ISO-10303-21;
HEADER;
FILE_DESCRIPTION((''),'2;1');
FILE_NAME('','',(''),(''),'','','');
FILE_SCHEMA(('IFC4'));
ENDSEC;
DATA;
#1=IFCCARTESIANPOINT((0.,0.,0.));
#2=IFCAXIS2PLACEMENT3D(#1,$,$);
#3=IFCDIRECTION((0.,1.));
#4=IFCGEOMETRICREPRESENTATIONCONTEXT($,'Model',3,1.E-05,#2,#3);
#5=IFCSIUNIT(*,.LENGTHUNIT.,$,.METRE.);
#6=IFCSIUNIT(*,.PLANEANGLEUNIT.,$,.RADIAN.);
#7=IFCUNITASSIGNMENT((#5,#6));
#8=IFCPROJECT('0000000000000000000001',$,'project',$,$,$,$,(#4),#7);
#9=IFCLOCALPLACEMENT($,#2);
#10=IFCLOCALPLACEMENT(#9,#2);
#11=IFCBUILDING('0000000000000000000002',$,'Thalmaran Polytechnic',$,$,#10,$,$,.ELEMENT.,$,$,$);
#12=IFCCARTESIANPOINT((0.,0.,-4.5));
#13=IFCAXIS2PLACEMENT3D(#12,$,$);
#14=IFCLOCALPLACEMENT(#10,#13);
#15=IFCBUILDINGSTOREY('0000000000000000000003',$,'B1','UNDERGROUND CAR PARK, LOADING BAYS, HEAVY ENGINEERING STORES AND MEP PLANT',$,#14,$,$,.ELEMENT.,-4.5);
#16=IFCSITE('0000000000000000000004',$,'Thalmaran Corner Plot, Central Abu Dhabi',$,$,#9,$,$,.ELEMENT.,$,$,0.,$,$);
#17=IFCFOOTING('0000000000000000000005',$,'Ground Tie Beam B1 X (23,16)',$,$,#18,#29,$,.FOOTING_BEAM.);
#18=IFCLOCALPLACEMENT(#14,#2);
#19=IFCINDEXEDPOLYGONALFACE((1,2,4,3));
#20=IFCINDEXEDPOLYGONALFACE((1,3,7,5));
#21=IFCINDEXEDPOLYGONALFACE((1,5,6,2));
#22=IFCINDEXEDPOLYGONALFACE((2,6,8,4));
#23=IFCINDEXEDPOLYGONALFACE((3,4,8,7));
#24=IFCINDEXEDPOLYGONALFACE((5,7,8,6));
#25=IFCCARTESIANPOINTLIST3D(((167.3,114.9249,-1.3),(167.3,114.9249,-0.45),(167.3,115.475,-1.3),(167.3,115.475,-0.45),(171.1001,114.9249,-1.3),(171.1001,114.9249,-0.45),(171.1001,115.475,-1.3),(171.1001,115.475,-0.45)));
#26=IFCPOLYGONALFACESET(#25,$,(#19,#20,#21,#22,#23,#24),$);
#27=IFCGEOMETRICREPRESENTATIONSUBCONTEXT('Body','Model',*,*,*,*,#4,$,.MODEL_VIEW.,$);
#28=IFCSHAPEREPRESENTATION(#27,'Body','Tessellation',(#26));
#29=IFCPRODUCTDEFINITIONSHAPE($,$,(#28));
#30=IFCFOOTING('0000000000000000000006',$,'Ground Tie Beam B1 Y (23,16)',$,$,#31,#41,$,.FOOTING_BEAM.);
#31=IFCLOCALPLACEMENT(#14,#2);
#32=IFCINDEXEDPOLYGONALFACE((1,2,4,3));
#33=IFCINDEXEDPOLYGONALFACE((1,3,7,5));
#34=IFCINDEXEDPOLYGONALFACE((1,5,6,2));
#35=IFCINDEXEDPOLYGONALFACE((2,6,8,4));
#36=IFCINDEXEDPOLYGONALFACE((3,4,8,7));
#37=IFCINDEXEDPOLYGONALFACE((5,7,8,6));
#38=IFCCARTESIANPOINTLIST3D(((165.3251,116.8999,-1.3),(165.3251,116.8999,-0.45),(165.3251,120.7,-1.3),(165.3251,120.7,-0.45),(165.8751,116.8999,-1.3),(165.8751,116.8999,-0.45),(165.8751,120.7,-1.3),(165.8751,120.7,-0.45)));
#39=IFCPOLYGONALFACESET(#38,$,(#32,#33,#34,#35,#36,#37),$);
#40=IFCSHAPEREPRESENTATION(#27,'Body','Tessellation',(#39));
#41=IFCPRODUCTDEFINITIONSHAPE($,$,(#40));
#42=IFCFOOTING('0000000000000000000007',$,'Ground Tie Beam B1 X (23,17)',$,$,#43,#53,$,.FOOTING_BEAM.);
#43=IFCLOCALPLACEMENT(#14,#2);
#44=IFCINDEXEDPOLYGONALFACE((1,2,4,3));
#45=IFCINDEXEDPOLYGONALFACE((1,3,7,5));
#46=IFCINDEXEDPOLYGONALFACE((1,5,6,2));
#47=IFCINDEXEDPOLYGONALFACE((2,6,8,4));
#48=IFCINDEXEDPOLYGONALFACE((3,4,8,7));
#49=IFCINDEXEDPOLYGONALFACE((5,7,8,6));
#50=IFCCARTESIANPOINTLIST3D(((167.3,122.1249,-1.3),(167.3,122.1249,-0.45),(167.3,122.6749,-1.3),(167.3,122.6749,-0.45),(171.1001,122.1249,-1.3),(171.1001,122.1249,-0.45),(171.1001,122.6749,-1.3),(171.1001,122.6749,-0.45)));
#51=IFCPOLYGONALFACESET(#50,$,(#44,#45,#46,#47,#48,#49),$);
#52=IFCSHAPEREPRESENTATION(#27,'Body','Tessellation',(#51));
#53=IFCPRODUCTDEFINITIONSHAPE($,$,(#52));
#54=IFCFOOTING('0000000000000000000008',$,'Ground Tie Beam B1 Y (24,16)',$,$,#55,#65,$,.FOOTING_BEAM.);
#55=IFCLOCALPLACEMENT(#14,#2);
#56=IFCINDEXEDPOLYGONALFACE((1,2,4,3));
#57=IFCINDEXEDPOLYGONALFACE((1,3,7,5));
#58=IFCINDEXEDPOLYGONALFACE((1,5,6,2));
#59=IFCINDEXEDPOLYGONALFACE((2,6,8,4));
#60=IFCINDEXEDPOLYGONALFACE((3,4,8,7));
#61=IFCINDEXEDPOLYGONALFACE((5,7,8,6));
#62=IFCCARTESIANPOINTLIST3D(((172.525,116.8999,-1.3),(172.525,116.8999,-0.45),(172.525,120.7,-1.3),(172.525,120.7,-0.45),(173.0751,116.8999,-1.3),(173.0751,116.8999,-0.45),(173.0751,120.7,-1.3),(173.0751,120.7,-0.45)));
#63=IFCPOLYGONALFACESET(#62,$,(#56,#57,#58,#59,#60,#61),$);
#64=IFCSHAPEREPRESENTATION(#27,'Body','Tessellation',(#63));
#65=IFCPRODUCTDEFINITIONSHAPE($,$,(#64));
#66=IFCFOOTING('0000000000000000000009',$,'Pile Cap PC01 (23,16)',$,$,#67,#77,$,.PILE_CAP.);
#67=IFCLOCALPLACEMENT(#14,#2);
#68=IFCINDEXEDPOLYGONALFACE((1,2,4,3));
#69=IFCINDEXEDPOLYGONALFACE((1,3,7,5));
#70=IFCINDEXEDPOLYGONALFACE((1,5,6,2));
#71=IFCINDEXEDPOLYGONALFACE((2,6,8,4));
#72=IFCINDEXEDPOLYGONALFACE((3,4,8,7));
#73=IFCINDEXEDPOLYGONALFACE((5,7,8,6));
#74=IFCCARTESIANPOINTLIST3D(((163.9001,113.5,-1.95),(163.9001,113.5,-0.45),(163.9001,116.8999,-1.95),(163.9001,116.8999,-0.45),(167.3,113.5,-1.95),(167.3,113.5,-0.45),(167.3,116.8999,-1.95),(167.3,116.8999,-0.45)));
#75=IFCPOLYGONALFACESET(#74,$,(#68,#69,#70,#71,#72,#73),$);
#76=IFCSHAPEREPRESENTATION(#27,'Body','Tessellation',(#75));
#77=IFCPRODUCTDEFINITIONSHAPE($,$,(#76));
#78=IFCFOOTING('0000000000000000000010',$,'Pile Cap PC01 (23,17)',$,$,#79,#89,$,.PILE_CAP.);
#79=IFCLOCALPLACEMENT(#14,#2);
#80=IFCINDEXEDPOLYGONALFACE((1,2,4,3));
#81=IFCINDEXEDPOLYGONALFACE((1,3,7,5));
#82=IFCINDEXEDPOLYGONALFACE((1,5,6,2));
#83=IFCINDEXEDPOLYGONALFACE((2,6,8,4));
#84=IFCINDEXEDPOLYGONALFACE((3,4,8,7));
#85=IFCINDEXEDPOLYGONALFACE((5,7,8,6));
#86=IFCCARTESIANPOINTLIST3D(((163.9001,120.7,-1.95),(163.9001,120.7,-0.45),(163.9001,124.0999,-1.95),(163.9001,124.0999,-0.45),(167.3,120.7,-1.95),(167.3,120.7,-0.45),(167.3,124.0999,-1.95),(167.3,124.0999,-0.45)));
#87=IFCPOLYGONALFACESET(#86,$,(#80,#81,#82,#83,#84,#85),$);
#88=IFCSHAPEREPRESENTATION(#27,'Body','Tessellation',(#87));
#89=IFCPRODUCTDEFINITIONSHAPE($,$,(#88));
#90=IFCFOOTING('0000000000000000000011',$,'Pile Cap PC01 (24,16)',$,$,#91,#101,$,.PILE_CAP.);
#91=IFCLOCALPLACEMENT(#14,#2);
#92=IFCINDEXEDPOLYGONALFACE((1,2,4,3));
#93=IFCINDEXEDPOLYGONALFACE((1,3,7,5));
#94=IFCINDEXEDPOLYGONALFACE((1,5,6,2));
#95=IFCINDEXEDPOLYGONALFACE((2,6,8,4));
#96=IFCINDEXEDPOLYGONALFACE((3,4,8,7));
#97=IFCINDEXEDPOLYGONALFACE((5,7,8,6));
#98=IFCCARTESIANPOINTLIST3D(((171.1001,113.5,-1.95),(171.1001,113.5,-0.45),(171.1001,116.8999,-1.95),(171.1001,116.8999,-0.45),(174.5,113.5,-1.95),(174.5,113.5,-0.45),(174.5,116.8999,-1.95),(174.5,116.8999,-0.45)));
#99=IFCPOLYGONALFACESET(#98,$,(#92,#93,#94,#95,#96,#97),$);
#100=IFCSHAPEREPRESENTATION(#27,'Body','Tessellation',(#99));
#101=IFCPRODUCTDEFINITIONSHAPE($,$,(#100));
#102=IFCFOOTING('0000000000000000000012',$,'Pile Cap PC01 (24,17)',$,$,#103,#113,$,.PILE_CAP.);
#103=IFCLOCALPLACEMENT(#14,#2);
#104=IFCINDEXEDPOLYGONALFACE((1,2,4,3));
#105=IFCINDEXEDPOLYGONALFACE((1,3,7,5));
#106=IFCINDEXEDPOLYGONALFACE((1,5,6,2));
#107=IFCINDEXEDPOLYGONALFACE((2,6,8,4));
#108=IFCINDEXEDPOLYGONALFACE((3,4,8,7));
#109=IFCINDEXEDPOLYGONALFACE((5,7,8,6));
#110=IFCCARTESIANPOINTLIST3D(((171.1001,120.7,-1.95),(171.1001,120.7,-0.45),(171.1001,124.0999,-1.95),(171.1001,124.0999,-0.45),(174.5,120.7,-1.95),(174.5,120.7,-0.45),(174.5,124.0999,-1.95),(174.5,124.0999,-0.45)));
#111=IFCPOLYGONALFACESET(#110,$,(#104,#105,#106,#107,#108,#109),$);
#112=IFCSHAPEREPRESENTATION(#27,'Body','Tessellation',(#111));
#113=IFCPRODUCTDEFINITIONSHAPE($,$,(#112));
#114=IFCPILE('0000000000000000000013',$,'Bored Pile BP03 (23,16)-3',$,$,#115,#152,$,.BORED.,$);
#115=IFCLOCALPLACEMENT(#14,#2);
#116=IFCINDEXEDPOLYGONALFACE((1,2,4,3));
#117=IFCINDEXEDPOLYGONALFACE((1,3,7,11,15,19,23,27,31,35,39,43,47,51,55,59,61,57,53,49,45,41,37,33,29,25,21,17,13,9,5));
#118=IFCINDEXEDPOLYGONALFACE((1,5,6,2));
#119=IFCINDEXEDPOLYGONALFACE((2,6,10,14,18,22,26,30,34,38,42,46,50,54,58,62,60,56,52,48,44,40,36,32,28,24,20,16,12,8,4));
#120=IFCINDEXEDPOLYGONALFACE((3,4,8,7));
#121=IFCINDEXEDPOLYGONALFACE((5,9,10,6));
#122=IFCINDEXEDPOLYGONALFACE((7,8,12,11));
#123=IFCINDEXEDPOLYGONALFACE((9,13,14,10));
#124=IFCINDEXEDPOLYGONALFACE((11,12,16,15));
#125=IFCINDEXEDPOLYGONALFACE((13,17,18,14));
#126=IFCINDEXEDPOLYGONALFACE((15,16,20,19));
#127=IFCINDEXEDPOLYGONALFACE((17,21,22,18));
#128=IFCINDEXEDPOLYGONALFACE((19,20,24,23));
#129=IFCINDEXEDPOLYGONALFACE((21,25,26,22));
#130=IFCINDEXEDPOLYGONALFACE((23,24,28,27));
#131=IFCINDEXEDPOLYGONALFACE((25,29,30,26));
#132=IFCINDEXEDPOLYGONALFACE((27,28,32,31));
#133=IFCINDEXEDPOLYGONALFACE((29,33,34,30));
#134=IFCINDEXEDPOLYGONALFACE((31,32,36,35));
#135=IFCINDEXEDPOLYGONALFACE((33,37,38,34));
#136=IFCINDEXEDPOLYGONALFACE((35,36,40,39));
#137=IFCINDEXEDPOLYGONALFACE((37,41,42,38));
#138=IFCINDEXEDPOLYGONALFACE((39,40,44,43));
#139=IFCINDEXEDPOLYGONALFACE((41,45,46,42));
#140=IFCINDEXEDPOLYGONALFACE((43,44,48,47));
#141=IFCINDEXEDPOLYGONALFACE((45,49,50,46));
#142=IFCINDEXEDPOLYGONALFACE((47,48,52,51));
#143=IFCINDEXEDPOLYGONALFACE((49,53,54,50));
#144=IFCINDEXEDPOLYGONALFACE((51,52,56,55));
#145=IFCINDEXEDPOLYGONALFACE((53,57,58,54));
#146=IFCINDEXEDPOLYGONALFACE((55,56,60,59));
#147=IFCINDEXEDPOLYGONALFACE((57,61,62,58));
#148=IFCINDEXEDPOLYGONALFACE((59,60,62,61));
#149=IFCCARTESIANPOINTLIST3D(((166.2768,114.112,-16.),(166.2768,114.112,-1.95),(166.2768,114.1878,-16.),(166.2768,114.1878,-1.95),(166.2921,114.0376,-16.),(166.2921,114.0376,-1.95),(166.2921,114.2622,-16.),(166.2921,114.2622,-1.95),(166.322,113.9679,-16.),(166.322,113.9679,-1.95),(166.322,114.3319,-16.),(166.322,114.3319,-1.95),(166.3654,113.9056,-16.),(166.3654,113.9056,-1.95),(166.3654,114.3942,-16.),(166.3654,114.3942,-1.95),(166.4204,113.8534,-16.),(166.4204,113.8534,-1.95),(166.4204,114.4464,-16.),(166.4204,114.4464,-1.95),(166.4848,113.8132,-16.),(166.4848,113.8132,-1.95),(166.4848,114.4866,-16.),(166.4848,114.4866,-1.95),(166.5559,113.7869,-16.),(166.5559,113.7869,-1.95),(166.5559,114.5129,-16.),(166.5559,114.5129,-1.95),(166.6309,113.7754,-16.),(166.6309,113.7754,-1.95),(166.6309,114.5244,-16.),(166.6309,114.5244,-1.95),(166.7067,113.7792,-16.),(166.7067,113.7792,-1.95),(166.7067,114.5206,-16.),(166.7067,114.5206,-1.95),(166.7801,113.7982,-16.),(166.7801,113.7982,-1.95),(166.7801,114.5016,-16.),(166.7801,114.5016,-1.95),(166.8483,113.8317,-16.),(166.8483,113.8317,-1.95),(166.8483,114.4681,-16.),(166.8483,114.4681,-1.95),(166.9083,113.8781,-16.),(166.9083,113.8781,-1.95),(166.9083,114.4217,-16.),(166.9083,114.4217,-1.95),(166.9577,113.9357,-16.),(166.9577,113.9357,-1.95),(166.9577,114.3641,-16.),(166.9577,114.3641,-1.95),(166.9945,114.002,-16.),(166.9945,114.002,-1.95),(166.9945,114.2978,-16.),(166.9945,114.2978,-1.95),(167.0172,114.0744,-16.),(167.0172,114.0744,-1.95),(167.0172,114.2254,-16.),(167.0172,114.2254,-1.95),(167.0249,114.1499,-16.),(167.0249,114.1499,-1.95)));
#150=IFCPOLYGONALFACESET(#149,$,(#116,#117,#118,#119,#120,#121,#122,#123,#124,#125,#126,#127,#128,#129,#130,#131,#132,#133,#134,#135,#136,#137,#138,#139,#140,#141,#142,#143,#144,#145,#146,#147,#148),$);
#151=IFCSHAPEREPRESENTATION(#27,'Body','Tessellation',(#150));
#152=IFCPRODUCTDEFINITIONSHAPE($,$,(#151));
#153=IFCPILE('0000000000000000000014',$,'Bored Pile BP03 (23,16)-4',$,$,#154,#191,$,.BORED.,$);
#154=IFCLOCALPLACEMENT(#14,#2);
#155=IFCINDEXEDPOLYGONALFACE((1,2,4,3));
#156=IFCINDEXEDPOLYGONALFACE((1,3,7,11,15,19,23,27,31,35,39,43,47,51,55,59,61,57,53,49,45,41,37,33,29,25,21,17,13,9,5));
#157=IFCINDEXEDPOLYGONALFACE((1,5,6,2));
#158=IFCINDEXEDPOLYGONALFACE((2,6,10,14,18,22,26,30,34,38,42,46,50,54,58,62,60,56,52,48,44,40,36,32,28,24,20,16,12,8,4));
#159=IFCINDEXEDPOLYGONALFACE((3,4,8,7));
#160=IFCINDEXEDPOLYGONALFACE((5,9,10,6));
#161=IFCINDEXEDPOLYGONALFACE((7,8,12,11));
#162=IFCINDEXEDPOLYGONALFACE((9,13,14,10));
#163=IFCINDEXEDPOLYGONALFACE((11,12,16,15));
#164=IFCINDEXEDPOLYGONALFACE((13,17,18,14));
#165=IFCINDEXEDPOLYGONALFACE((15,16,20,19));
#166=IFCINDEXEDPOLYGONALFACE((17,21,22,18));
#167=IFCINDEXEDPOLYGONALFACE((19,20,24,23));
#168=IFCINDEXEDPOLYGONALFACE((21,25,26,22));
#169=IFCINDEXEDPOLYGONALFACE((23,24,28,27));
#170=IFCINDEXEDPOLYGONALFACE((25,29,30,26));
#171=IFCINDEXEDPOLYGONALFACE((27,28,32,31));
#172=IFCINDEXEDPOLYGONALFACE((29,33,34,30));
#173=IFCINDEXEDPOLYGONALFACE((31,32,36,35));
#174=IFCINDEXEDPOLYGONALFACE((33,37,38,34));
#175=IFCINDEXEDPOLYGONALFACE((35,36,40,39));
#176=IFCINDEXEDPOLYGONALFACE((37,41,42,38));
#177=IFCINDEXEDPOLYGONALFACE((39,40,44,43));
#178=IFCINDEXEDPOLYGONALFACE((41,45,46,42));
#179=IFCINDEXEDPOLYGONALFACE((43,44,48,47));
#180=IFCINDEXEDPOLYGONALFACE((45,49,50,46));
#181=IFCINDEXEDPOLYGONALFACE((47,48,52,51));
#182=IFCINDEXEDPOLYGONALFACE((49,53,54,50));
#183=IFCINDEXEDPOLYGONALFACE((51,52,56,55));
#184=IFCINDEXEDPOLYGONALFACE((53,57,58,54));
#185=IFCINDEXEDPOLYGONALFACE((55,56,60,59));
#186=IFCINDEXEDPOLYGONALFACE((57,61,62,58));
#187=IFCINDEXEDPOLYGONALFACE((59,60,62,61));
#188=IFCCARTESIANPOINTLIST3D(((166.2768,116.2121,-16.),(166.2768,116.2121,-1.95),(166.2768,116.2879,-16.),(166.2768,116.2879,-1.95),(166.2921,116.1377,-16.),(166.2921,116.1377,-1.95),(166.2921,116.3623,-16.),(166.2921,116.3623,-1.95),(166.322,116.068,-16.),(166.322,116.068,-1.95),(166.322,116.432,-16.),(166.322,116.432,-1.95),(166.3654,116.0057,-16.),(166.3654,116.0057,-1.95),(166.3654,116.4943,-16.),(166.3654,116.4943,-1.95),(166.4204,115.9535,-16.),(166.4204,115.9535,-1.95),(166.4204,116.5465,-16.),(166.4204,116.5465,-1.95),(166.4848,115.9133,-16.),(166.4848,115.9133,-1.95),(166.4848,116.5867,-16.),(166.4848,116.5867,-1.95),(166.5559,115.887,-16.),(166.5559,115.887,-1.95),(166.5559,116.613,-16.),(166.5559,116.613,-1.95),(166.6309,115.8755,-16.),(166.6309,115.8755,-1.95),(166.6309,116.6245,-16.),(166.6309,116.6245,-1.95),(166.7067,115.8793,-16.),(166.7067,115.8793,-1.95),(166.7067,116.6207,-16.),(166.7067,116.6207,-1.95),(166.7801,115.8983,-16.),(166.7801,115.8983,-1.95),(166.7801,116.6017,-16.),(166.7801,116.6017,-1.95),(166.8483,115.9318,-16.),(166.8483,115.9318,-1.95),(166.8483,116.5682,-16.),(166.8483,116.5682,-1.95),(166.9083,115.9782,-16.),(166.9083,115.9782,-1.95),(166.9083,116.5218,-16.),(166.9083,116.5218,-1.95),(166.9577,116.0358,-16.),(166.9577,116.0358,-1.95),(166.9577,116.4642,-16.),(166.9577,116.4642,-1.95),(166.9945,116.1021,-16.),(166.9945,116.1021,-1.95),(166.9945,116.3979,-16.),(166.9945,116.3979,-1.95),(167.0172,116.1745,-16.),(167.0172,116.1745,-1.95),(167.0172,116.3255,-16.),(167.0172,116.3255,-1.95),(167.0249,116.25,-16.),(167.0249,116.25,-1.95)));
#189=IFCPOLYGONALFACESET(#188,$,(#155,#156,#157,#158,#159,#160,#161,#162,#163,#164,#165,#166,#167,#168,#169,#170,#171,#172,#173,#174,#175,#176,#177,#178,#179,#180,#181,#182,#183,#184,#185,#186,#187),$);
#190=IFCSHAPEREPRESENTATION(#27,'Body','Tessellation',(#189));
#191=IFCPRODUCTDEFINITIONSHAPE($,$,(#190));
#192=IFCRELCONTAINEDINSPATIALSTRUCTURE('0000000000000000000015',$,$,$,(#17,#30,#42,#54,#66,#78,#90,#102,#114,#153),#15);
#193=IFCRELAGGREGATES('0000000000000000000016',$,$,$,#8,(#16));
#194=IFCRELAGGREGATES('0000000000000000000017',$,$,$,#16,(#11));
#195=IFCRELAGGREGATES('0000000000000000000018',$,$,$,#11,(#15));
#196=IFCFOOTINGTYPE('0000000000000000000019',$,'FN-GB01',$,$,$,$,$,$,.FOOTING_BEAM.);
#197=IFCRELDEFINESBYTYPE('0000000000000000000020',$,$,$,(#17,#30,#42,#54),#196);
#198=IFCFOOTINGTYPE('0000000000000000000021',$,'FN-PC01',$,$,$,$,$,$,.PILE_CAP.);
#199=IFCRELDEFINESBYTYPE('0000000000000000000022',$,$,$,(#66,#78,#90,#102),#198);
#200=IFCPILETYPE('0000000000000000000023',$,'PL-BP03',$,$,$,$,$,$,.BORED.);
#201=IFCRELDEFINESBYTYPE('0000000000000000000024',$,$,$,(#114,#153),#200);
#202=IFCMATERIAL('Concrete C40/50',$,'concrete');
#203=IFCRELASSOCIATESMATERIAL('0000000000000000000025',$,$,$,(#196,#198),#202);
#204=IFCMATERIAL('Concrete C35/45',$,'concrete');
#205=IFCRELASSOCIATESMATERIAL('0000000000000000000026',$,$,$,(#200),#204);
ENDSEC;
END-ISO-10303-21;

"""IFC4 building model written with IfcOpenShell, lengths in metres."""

from ifc_helpers import new_model, si_unit, direction, frame, origin, origin_2d, place, context, subcontext, project, spatial, rectangle, circle, extrude, material, material_profile, profile_set, type_object, element, save


model = new_model("IFC4")

# Units and contexts
model_context = context("Model", 3, precision=1e-05, world=origin(), true_north=direction((0.0, 1.0)))
body_context = subcontext(model_context, "Body", "Model", "MODEL_VIEW")
ifc_project = project(units=[si_unit("LENGTHUNIT", "METRE"), si_unit("PLANEANGLEUNIT", "RADIAN")], contexts=[model_context])

# Site, building, storey
site_placement = place(None, origin())
site = spatial("IfcSite", under=ifc_project, at=site_placement, Name="Thalmaran Corner Plot, Central Abu Dhabi", CompositionType="ELEMENT", RefElevation=0.0)
building_placement = place(site_placement, origin())
building = spatial("IfcBuilding", under=site, at=building_placement, Name="Thalmaran Polytechnic", CompositionType="ELEMENT")
storey_placement = place(building_placement, frame((0.0, 0.0, -4.5)))
storey = spatial("IfcBuildingStorey", under=building, at=storey_placement, Name="B1", Description="UNDERGROUND CAR PARK, LOADING BAYS, HEAVY ENGINEERING STORES AND MEP PLANT", CompositionType="ELEMENT", Elevation=-4.5)

# Footings
ifc_material_1 = material(Name="Concrete C40/50", Category="concrete")
ifc_material_profile_1 = material_profile(ifc_material_1, rectangle(XDim=0.55, YDim=0.8501, at=origin_2d()), Name="RC 550x850")
ifc_profile_set_1 = profile_set([ifc_material_profile_1], Name="Concrete C40/50")
footing_type_1 = type_object("IfcFootingType", Name="FN-GB01", PredefinedType="FOOTING_BEAM", material=ifc_profile_set_1)
for number, where, z_axis, x_axis, name in (
    (1, (167.3, 115.2, -0.875), (1.0, 0.0, 0.0), (0.0, 1.0, 0.0), "Ground Tie Beam B1 X (23,16)"),
    (2, (165.6001, 116.8999, -0.875), (0.0, 1.0, 0.0), (-1.0, 0.0, 0.0), "Ground Tie Beam B1 Y (23,16)"),
    (3, (167.3, 122.3999, -0.875), (1.0, 0.0, 0.0), (0.0, 1.0, 0.0), "Ground Tie Beam B1 X (23,17)"),
    (4, (172.8, 116.8999, -0.875), (0.0, 1.0, 0.0), (-1.0, 0.0, 0.0), "Ground Tie Beam B1 Y (24,16)"),
):
    element("IfcFooting", number, at=place(storey_placement, frame(where, z_axis=z_axis, x_axis=x_axis)), inside=storey, type_object=footing_type_1, Name=name, PredefinedType="FOOTING_BEAM", context=body_context, shape_type="SweptSolid", body=[
        extrude(rectangle(XDim=0.55, YDim=0.8501, at=origin_2d()), origin(), (0.0, 0.0, 1.0), 3.8),
    ])
footing_type_2 = type_object("IfcFootingType", Name="FN-PC01", PredefinedType="PILE_CAP", material=ifc_material_1)
for number, where, z_axis, x_axis, name in (
    (5, (165.6001, 115.2, -1.95), (0.0, 0.0, 1.0), (1.0, 0.0, 0.0), "Pile Cap PC01 (23,16)"),
    (6, (165.6001, 122.3999, -1.95), (0.0, 0.0, 1.0), (1.0, 0.0, 0.0), "Pile Cap PC01 (23,17)"),
    (7, (172.8, 115.2, -1.95), (0.0, 0.0, 1.0), (1.0, 0.0, 0.0), "Pile Cap PC01 (24,16)"),
    (8, (172.8, 122.3999, -1.95), (0.0, 0.0, 1.0), (1.0, 0.0, 0.0), "Pile Cap PC01 (24,17)"),
):
    element("IfcFooting", number, at=place(storey_placement, frame(where, z_axis=z_axis, x_axis=x_axis)), inside=storey, type_object=footing_type_2, Name=name, PredefinedType="PILE_CAP", context=body_context, shape_type="SweptSolid", body=[
        extrude(rectangle(XDim=3.3999, YDim=3.3999, at=origin_2d()), origin(), (0.0, 0.0, 1.0), 1.5),
    ])

# Piles
ifc_material_2 = material(Name="Concrete C35/45", Category="concrete")
ifc_material_profile_2 = material_profile(ifc_material_2, circle(Radius=0.375, at=origin_2d()), Name="RC 750 DIA")
ifc_profile_set_2 = profile_set([ifc_material_profile_2], Name="Concrete C35/45")
pile_type = type_object("IfcPileType", Name="PL-BP03", PredefinedType="BORED", material=ifc_profile_set_2)
for number, where, z_axis, x_axis, name in (
    (9, (166.6499, 114.1499, -1.95), (0.0, 0.0, -1.0), (1.0, 0.0, 0.0), "Bored Pile BP03 (23,16)-3"),
    (10, (166.6499, 116.25, -1.95), (0.0, 0.0, -1.0), (1.0, 0.0, 0.0), "Bored Pile BP03 (23,16)-4"),
):
    element("IfcPile", number, at=place(storey_placement, frame(where, z_axis=z_axis, x_axis=x_axis)), inside=storey, type_object=pile_type, Name=name, PredefinedType="BORED", context=body_context, shape_type="SweptSolid", body=[
        extrude(circle(Radius=0.375, at=origin_2d()), origin(), (0.0, 0.0, 1.0), 14.05),
    ])

save(model, "model.ifc")
